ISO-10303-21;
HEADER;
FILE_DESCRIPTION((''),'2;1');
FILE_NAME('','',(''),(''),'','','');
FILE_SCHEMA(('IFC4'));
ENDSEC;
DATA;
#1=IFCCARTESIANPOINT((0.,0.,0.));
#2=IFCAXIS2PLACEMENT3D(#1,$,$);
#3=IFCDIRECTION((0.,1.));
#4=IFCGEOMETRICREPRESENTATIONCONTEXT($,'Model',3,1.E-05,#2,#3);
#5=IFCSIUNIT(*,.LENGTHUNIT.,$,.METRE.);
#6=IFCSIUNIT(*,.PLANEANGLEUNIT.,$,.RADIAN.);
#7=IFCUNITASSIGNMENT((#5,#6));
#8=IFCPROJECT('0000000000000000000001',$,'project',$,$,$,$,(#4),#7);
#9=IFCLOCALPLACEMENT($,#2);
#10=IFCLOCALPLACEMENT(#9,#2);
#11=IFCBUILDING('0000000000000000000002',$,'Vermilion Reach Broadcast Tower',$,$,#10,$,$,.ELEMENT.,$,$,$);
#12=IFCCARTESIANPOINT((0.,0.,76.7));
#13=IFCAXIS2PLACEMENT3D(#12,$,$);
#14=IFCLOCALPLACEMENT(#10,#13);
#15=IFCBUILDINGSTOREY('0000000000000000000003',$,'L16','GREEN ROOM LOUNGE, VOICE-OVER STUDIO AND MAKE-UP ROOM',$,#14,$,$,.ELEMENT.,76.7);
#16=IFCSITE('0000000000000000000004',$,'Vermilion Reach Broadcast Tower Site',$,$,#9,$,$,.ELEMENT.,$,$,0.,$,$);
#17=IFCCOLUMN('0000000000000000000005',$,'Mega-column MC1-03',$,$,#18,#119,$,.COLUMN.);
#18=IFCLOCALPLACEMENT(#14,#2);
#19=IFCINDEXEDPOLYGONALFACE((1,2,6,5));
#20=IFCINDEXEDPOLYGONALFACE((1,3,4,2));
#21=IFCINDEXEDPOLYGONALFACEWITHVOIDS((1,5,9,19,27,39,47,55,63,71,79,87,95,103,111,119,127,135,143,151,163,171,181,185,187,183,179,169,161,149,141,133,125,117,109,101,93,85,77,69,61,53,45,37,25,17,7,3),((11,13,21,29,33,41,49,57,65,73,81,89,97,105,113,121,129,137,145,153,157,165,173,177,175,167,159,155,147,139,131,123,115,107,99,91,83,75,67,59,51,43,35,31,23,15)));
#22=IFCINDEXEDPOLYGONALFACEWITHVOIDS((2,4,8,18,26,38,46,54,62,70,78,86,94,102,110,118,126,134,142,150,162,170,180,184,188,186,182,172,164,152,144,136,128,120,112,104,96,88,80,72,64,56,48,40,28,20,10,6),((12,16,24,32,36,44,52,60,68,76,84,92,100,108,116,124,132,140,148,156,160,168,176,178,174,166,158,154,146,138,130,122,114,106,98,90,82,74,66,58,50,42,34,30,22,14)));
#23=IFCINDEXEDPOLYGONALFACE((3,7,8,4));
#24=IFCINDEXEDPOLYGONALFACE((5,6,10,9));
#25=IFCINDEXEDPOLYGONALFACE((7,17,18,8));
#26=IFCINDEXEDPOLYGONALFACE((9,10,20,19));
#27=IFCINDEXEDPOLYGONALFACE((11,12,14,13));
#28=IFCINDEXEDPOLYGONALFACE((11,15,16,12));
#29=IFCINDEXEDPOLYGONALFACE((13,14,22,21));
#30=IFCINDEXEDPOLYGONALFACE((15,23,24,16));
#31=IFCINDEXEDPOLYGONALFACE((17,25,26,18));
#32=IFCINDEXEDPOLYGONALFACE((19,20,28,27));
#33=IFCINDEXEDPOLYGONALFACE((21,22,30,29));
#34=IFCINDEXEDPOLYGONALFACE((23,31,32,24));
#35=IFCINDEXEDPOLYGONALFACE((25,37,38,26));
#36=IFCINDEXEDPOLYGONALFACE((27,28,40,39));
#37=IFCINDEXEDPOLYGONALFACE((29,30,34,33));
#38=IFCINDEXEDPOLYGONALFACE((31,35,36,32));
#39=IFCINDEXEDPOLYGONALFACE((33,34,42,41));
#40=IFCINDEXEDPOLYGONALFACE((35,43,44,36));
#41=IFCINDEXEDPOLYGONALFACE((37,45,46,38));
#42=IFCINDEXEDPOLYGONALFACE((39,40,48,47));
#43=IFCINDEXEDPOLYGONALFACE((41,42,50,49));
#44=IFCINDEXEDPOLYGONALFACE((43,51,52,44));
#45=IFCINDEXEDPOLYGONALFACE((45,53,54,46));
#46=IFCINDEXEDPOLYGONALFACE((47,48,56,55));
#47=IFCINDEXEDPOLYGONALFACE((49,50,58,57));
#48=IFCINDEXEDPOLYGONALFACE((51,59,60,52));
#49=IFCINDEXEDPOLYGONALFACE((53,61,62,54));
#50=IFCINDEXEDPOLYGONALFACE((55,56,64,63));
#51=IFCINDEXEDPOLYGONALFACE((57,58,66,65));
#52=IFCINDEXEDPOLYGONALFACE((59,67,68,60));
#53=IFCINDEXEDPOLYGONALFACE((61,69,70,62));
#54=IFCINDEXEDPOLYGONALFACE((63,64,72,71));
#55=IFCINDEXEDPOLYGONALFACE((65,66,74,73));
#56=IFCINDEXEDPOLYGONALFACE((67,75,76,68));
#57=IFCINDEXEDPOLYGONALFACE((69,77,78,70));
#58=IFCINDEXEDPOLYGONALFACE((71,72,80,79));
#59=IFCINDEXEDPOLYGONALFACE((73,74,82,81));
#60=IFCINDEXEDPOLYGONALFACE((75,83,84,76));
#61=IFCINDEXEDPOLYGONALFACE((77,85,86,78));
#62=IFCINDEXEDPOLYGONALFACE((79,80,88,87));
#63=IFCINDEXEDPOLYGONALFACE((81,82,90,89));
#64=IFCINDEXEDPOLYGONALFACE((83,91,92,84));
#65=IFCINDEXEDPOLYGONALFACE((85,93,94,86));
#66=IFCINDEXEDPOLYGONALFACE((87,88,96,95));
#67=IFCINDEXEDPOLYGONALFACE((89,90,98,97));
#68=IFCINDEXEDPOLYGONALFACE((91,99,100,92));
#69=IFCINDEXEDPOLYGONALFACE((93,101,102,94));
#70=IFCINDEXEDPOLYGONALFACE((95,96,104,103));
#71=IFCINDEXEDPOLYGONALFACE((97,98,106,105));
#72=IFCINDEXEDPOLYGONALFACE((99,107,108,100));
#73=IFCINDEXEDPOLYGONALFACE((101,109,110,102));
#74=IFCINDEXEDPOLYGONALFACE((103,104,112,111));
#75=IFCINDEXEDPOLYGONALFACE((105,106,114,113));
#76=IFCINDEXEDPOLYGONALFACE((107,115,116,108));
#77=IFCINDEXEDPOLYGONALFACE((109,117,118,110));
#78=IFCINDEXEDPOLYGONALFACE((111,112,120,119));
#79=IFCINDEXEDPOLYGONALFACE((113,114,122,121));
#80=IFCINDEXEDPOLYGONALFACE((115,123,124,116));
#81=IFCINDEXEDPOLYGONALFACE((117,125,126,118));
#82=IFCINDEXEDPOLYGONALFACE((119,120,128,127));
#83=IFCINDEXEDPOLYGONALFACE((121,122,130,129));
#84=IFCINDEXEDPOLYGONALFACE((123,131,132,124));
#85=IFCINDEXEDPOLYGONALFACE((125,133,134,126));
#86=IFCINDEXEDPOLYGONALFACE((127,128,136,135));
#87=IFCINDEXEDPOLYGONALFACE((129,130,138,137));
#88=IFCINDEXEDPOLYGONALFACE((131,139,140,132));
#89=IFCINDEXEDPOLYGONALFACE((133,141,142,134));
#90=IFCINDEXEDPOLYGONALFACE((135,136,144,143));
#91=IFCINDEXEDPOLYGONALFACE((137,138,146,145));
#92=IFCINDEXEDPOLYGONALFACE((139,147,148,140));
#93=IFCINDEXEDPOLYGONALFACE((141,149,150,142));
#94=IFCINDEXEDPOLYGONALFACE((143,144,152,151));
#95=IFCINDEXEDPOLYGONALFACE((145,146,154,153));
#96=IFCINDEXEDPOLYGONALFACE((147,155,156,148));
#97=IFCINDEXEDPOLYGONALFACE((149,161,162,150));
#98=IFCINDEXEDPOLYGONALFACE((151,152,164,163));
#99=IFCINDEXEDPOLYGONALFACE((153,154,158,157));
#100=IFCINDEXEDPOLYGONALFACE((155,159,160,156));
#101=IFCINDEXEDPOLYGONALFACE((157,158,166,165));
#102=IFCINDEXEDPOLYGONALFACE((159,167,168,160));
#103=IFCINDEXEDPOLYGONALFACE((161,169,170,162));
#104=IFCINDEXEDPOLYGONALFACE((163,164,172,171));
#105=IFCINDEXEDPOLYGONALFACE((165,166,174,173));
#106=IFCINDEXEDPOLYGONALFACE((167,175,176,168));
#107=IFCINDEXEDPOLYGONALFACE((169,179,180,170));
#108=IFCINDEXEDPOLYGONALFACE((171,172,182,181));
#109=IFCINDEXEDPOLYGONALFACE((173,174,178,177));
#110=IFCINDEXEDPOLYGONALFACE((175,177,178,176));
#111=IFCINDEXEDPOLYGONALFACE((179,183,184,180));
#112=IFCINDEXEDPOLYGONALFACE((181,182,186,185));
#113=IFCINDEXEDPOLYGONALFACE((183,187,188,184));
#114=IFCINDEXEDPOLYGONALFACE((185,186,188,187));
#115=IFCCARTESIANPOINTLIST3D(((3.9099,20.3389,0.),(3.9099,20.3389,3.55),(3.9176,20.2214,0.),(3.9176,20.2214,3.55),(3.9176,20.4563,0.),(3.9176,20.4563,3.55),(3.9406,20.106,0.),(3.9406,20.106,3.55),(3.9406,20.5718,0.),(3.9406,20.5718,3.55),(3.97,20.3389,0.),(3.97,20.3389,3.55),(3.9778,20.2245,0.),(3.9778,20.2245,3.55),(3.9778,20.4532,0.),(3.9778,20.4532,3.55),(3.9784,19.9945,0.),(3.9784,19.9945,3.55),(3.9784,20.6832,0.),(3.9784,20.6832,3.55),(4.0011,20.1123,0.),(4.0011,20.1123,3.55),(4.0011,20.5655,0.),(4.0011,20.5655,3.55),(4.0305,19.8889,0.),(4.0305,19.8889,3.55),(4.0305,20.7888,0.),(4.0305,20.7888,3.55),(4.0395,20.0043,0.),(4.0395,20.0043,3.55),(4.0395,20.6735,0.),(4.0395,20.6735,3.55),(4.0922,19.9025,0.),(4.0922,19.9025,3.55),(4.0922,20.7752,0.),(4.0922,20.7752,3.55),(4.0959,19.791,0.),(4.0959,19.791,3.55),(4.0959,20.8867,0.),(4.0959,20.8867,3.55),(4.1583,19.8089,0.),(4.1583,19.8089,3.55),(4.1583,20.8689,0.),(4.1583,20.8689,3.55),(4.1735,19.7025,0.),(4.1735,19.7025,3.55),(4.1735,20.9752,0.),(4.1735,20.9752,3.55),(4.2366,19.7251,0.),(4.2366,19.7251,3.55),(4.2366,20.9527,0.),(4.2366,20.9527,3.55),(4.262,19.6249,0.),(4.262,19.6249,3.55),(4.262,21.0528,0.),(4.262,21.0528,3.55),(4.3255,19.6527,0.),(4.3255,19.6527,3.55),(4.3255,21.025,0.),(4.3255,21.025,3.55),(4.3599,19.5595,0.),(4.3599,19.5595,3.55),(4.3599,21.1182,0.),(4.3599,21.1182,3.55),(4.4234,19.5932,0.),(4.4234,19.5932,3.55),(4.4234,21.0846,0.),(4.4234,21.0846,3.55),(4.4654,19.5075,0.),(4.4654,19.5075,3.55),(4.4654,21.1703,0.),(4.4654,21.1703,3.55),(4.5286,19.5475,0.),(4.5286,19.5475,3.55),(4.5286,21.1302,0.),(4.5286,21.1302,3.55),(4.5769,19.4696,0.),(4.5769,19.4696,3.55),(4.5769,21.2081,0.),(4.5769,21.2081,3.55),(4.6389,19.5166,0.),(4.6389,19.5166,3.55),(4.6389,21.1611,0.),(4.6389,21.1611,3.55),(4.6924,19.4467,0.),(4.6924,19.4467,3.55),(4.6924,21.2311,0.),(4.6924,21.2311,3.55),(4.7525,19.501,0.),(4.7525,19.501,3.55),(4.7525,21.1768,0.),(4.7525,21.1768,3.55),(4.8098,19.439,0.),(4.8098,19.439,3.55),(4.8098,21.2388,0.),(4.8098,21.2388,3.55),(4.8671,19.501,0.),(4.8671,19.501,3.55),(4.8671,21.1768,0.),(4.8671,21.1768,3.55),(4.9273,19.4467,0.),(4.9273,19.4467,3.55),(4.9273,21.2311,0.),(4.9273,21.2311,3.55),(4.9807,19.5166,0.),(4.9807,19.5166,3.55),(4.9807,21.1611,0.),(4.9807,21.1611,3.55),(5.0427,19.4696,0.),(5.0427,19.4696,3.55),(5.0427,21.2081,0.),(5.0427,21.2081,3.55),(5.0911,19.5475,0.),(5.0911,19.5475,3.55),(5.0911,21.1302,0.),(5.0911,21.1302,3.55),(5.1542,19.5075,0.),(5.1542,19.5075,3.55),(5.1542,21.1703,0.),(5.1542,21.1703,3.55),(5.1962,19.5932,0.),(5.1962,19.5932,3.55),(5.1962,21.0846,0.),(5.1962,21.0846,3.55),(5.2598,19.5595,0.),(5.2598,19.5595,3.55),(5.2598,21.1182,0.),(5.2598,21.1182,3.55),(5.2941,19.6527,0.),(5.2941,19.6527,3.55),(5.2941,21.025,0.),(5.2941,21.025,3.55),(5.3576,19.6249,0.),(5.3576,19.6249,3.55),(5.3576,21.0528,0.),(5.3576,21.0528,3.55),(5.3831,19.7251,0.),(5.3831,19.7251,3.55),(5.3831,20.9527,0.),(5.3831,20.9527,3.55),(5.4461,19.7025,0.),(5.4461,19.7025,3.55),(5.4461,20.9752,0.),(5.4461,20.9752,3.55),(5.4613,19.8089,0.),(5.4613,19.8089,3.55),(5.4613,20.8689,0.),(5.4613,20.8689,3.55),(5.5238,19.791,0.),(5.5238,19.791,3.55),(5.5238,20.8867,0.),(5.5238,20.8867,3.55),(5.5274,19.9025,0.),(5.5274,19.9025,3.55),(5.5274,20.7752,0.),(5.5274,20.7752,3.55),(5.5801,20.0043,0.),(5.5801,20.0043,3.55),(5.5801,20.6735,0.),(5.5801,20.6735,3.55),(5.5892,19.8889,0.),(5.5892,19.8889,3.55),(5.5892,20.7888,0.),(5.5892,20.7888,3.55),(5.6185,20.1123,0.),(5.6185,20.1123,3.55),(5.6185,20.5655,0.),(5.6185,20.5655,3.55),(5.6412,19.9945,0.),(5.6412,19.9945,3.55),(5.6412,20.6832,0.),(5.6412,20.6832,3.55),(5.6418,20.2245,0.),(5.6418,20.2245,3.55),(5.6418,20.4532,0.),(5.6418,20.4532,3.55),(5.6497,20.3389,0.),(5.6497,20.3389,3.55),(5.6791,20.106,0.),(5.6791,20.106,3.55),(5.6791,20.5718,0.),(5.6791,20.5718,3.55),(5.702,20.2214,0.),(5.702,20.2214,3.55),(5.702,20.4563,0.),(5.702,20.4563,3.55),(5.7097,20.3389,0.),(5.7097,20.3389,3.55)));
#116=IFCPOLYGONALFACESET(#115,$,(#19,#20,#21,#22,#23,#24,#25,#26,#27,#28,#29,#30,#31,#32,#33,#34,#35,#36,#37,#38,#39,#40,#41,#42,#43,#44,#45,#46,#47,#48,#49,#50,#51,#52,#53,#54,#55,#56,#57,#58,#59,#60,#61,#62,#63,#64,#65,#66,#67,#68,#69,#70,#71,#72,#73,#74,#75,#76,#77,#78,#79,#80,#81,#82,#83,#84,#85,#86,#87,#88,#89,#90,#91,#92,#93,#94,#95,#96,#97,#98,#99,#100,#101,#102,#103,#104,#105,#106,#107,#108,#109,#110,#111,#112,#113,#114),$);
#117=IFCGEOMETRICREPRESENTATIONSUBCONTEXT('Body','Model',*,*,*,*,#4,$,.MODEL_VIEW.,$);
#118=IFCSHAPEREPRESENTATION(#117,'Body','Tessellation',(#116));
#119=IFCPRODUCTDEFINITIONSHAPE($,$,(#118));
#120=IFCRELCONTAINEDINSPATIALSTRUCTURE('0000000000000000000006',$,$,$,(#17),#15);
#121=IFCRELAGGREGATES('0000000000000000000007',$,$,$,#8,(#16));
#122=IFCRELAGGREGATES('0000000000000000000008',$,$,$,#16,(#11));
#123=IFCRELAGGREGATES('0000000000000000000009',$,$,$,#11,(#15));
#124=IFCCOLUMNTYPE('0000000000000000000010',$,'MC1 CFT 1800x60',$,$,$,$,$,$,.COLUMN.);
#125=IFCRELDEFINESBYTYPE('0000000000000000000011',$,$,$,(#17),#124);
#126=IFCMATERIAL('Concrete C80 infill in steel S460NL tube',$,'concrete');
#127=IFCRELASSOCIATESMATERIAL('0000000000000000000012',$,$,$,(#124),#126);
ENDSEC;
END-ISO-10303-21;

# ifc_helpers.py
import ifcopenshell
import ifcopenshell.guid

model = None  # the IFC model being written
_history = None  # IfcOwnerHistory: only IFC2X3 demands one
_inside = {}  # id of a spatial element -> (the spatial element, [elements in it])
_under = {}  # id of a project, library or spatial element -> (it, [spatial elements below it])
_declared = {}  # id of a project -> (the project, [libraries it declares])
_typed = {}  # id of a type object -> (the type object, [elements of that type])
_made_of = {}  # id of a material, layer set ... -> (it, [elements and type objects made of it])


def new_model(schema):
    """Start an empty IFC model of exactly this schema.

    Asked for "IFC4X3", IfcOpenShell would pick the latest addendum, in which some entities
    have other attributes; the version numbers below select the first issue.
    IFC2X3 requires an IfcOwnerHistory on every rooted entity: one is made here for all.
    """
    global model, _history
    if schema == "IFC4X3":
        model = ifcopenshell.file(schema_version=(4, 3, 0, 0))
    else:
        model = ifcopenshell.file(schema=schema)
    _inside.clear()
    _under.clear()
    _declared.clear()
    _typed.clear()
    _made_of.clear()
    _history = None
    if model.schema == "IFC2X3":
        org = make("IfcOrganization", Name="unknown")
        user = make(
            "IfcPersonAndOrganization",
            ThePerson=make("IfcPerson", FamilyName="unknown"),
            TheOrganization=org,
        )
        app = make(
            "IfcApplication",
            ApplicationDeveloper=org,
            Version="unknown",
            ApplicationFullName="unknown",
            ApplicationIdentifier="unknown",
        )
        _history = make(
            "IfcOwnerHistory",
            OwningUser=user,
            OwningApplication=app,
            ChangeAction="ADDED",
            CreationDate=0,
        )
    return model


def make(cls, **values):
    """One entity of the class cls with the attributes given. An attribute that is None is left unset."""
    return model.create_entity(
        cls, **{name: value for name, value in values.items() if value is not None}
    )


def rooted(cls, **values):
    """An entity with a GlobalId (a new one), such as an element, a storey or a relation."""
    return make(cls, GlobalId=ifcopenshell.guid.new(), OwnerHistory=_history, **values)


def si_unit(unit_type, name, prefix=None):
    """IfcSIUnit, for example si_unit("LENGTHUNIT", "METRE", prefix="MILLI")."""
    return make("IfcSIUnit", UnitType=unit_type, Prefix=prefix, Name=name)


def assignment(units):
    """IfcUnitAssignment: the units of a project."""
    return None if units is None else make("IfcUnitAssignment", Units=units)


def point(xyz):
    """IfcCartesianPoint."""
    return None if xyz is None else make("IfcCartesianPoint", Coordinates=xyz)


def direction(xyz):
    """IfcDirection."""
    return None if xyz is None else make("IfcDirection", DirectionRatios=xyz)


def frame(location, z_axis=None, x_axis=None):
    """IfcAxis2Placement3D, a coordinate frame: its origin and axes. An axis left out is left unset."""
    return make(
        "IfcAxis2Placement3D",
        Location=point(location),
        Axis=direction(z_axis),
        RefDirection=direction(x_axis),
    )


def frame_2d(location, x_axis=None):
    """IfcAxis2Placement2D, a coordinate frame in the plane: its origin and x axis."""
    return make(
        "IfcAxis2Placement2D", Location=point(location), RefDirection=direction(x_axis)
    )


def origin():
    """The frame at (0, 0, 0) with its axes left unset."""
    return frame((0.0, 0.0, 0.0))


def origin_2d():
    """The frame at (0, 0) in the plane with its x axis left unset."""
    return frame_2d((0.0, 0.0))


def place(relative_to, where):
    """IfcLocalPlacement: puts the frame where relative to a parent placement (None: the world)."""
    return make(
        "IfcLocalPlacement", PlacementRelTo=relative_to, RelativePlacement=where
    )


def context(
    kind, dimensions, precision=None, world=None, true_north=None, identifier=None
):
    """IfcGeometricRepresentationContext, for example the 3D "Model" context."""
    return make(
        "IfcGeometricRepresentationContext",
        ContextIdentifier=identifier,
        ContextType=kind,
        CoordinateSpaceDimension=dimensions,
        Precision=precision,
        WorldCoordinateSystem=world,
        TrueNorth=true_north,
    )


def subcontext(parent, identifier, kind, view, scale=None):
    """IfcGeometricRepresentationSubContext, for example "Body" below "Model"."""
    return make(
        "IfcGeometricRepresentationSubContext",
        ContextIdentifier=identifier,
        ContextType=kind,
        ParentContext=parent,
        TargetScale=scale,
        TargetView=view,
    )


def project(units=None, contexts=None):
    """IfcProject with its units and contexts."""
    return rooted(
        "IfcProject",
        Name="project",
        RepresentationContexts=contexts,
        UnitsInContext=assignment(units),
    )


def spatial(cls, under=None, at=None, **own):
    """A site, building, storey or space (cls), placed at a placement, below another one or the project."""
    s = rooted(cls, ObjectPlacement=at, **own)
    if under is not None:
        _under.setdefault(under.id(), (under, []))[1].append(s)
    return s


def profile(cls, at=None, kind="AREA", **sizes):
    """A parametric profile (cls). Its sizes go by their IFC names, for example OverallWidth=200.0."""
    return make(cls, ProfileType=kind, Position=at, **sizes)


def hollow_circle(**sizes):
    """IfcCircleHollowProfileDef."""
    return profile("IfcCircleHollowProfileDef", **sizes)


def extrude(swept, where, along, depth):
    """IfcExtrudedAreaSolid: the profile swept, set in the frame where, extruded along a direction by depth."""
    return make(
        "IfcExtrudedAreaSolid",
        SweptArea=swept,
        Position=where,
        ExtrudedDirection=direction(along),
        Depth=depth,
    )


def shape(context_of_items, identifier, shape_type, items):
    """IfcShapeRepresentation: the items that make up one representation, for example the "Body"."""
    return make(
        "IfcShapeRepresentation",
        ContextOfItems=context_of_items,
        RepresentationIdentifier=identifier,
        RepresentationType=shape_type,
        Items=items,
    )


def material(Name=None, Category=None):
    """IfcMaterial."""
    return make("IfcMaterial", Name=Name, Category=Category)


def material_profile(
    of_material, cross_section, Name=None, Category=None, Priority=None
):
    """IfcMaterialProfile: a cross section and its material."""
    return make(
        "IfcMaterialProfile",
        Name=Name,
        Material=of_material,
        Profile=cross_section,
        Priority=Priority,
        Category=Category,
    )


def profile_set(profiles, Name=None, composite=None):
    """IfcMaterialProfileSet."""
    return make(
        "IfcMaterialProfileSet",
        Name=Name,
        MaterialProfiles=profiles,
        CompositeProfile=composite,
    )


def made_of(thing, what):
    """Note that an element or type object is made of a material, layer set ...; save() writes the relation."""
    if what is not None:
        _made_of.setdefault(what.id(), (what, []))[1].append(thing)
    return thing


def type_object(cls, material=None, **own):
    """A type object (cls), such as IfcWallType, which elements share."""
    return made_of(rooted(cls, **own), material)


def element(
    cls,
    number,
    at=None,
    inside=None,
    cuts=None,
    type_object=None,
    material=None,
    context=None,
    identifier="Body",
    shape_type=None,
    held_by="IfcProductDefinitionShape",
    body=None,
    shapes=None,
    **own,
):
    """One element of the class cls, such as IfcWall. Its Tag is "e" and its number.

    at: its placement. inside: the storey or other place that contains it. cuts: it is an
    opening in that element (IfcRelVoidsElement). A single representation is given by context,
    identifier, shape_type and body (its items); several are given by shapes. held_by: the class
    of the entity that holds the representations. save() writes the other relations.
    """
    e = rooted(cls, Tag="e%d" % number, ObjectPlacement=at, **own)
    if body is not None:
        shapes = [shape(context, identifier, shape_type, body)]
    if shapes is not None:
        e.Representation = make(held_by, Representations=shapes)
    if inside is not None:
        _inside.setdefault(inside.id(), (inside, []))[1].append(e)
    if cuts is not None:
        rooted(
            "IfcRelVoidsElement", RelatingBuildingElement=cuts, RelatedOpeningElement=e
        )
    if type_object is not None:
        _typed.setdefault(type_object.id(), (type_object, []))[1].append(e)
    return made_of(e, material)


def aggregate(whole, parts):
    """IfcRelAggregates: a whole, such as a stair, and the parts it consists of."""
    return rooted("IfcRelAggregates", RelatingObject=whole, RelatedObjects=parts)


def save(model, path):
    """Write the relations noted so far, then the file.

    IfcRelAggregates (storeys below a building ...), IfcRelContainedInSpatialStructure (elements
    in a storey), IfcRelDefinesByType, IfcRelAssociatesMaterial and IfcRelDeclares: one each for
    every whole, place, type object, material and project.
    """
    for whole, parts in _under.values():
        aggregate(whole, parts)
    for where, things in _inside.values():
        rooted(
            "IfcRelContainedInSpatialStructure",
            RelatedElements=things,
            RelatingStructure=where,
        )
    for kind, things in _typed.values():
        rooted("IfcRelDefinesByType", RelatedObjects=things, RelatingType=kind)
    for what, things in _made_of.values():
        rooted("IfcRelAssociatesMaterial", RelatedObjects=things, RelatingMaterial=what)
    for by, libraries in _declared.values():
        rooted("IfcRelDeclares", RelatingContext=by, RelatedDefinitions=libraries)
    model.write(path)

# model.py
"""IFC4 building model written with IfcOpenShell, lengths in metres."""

from ifc_helpers import new_model, si_unit, direction, frame, origin, origin_2d, place, context, subcontext, project, spatial, hollow_circle, extrude, material, material_profile, profile_set, type_object, element, save


model = new_model("IFC4")

# Units and contexts
model_context = context("Model", 3, precision=1e-05, world=origin(), true_north=direction((0.0, 1.0)))
body_context = subcontext(model_context, "Body", "Model", "MODEL_VIEW")
ifc_project = project(units=[si_unit("LENGTHUNIT", "METRE"), si_unit("PLANEANGLEUNIT", "RADIAN")], contexts=[model_context])

# Site, building, storey
site_placement = place(None, origin())
site = spatial("IfcSite", under=ifc_project, at=site_placement, Name="Vermilion Reach Broadcast Tower Site", CompositionType="ELEMENT", RefElevation=0.0)
building_placement = place(site_placement, origin())
building = spatial("IfcBuilding", under=site, at=building_placement, Name="Vermilion Reach Broadcast Tower", CompositionType="ELEMENT")
storey_placement = place(building_placement, frame((0.0, 0.0, 76.7)))
storey = spatial("IfcBuildingStorey", under=building, at=storey_placement, Name="L16", Description="GREEN ROOM LOUNGE, VOICE-OVER STUDIO AND MAKE-UP ROOM", CompositionType="ELEMENT", Elevation=76.7)

# Column
ifc_material_1 = material(Name="Concrete C80 infill in steel S460NL tube", Category="concrete")
ifc_material_profile_1 = material_profile(ifc_material_1, hollow_circle(Radius=0.8999, WallThickness=0.0601, at=origin_2d()), Name="Concrete C80 infill in steel S460NL tube CFT 1800x60")
ifc_profile_set_1 = profile_set([ifc_material_profile_1], Name="Concrete C80 infill in steel S460NL tube")
column_type = type_object("IfcColumnType", Name="MC1 CFT 1800x60", PredefinedType="COLUMN", material=ifc_profile_set_1)
for number, where, z_axis, x_axis, name in (
    (1, (4.8098, 20.3389, 0.0), (0.0, 0.0, 1.0), (1.0, 0.0, 0.0), "Mega-column MC1-03"),
):
    element("IfcColumn", number, at=place(storey_placement, frame(where, z_axis=z_axis, x_axis=x_axis)), inside=storey, type_object=column_type, Name=name, PredefinedType="COLUMN", context=body_context, shape_type="SweptSolid", body=[
        extrude(hollow_circle(Radius=0.8999, WallThickness=0.0601, at=origin_2d()), origin(), (0.0, 0.0, 1.0), 3.55),
    ])

save(model, "model.ifc")
